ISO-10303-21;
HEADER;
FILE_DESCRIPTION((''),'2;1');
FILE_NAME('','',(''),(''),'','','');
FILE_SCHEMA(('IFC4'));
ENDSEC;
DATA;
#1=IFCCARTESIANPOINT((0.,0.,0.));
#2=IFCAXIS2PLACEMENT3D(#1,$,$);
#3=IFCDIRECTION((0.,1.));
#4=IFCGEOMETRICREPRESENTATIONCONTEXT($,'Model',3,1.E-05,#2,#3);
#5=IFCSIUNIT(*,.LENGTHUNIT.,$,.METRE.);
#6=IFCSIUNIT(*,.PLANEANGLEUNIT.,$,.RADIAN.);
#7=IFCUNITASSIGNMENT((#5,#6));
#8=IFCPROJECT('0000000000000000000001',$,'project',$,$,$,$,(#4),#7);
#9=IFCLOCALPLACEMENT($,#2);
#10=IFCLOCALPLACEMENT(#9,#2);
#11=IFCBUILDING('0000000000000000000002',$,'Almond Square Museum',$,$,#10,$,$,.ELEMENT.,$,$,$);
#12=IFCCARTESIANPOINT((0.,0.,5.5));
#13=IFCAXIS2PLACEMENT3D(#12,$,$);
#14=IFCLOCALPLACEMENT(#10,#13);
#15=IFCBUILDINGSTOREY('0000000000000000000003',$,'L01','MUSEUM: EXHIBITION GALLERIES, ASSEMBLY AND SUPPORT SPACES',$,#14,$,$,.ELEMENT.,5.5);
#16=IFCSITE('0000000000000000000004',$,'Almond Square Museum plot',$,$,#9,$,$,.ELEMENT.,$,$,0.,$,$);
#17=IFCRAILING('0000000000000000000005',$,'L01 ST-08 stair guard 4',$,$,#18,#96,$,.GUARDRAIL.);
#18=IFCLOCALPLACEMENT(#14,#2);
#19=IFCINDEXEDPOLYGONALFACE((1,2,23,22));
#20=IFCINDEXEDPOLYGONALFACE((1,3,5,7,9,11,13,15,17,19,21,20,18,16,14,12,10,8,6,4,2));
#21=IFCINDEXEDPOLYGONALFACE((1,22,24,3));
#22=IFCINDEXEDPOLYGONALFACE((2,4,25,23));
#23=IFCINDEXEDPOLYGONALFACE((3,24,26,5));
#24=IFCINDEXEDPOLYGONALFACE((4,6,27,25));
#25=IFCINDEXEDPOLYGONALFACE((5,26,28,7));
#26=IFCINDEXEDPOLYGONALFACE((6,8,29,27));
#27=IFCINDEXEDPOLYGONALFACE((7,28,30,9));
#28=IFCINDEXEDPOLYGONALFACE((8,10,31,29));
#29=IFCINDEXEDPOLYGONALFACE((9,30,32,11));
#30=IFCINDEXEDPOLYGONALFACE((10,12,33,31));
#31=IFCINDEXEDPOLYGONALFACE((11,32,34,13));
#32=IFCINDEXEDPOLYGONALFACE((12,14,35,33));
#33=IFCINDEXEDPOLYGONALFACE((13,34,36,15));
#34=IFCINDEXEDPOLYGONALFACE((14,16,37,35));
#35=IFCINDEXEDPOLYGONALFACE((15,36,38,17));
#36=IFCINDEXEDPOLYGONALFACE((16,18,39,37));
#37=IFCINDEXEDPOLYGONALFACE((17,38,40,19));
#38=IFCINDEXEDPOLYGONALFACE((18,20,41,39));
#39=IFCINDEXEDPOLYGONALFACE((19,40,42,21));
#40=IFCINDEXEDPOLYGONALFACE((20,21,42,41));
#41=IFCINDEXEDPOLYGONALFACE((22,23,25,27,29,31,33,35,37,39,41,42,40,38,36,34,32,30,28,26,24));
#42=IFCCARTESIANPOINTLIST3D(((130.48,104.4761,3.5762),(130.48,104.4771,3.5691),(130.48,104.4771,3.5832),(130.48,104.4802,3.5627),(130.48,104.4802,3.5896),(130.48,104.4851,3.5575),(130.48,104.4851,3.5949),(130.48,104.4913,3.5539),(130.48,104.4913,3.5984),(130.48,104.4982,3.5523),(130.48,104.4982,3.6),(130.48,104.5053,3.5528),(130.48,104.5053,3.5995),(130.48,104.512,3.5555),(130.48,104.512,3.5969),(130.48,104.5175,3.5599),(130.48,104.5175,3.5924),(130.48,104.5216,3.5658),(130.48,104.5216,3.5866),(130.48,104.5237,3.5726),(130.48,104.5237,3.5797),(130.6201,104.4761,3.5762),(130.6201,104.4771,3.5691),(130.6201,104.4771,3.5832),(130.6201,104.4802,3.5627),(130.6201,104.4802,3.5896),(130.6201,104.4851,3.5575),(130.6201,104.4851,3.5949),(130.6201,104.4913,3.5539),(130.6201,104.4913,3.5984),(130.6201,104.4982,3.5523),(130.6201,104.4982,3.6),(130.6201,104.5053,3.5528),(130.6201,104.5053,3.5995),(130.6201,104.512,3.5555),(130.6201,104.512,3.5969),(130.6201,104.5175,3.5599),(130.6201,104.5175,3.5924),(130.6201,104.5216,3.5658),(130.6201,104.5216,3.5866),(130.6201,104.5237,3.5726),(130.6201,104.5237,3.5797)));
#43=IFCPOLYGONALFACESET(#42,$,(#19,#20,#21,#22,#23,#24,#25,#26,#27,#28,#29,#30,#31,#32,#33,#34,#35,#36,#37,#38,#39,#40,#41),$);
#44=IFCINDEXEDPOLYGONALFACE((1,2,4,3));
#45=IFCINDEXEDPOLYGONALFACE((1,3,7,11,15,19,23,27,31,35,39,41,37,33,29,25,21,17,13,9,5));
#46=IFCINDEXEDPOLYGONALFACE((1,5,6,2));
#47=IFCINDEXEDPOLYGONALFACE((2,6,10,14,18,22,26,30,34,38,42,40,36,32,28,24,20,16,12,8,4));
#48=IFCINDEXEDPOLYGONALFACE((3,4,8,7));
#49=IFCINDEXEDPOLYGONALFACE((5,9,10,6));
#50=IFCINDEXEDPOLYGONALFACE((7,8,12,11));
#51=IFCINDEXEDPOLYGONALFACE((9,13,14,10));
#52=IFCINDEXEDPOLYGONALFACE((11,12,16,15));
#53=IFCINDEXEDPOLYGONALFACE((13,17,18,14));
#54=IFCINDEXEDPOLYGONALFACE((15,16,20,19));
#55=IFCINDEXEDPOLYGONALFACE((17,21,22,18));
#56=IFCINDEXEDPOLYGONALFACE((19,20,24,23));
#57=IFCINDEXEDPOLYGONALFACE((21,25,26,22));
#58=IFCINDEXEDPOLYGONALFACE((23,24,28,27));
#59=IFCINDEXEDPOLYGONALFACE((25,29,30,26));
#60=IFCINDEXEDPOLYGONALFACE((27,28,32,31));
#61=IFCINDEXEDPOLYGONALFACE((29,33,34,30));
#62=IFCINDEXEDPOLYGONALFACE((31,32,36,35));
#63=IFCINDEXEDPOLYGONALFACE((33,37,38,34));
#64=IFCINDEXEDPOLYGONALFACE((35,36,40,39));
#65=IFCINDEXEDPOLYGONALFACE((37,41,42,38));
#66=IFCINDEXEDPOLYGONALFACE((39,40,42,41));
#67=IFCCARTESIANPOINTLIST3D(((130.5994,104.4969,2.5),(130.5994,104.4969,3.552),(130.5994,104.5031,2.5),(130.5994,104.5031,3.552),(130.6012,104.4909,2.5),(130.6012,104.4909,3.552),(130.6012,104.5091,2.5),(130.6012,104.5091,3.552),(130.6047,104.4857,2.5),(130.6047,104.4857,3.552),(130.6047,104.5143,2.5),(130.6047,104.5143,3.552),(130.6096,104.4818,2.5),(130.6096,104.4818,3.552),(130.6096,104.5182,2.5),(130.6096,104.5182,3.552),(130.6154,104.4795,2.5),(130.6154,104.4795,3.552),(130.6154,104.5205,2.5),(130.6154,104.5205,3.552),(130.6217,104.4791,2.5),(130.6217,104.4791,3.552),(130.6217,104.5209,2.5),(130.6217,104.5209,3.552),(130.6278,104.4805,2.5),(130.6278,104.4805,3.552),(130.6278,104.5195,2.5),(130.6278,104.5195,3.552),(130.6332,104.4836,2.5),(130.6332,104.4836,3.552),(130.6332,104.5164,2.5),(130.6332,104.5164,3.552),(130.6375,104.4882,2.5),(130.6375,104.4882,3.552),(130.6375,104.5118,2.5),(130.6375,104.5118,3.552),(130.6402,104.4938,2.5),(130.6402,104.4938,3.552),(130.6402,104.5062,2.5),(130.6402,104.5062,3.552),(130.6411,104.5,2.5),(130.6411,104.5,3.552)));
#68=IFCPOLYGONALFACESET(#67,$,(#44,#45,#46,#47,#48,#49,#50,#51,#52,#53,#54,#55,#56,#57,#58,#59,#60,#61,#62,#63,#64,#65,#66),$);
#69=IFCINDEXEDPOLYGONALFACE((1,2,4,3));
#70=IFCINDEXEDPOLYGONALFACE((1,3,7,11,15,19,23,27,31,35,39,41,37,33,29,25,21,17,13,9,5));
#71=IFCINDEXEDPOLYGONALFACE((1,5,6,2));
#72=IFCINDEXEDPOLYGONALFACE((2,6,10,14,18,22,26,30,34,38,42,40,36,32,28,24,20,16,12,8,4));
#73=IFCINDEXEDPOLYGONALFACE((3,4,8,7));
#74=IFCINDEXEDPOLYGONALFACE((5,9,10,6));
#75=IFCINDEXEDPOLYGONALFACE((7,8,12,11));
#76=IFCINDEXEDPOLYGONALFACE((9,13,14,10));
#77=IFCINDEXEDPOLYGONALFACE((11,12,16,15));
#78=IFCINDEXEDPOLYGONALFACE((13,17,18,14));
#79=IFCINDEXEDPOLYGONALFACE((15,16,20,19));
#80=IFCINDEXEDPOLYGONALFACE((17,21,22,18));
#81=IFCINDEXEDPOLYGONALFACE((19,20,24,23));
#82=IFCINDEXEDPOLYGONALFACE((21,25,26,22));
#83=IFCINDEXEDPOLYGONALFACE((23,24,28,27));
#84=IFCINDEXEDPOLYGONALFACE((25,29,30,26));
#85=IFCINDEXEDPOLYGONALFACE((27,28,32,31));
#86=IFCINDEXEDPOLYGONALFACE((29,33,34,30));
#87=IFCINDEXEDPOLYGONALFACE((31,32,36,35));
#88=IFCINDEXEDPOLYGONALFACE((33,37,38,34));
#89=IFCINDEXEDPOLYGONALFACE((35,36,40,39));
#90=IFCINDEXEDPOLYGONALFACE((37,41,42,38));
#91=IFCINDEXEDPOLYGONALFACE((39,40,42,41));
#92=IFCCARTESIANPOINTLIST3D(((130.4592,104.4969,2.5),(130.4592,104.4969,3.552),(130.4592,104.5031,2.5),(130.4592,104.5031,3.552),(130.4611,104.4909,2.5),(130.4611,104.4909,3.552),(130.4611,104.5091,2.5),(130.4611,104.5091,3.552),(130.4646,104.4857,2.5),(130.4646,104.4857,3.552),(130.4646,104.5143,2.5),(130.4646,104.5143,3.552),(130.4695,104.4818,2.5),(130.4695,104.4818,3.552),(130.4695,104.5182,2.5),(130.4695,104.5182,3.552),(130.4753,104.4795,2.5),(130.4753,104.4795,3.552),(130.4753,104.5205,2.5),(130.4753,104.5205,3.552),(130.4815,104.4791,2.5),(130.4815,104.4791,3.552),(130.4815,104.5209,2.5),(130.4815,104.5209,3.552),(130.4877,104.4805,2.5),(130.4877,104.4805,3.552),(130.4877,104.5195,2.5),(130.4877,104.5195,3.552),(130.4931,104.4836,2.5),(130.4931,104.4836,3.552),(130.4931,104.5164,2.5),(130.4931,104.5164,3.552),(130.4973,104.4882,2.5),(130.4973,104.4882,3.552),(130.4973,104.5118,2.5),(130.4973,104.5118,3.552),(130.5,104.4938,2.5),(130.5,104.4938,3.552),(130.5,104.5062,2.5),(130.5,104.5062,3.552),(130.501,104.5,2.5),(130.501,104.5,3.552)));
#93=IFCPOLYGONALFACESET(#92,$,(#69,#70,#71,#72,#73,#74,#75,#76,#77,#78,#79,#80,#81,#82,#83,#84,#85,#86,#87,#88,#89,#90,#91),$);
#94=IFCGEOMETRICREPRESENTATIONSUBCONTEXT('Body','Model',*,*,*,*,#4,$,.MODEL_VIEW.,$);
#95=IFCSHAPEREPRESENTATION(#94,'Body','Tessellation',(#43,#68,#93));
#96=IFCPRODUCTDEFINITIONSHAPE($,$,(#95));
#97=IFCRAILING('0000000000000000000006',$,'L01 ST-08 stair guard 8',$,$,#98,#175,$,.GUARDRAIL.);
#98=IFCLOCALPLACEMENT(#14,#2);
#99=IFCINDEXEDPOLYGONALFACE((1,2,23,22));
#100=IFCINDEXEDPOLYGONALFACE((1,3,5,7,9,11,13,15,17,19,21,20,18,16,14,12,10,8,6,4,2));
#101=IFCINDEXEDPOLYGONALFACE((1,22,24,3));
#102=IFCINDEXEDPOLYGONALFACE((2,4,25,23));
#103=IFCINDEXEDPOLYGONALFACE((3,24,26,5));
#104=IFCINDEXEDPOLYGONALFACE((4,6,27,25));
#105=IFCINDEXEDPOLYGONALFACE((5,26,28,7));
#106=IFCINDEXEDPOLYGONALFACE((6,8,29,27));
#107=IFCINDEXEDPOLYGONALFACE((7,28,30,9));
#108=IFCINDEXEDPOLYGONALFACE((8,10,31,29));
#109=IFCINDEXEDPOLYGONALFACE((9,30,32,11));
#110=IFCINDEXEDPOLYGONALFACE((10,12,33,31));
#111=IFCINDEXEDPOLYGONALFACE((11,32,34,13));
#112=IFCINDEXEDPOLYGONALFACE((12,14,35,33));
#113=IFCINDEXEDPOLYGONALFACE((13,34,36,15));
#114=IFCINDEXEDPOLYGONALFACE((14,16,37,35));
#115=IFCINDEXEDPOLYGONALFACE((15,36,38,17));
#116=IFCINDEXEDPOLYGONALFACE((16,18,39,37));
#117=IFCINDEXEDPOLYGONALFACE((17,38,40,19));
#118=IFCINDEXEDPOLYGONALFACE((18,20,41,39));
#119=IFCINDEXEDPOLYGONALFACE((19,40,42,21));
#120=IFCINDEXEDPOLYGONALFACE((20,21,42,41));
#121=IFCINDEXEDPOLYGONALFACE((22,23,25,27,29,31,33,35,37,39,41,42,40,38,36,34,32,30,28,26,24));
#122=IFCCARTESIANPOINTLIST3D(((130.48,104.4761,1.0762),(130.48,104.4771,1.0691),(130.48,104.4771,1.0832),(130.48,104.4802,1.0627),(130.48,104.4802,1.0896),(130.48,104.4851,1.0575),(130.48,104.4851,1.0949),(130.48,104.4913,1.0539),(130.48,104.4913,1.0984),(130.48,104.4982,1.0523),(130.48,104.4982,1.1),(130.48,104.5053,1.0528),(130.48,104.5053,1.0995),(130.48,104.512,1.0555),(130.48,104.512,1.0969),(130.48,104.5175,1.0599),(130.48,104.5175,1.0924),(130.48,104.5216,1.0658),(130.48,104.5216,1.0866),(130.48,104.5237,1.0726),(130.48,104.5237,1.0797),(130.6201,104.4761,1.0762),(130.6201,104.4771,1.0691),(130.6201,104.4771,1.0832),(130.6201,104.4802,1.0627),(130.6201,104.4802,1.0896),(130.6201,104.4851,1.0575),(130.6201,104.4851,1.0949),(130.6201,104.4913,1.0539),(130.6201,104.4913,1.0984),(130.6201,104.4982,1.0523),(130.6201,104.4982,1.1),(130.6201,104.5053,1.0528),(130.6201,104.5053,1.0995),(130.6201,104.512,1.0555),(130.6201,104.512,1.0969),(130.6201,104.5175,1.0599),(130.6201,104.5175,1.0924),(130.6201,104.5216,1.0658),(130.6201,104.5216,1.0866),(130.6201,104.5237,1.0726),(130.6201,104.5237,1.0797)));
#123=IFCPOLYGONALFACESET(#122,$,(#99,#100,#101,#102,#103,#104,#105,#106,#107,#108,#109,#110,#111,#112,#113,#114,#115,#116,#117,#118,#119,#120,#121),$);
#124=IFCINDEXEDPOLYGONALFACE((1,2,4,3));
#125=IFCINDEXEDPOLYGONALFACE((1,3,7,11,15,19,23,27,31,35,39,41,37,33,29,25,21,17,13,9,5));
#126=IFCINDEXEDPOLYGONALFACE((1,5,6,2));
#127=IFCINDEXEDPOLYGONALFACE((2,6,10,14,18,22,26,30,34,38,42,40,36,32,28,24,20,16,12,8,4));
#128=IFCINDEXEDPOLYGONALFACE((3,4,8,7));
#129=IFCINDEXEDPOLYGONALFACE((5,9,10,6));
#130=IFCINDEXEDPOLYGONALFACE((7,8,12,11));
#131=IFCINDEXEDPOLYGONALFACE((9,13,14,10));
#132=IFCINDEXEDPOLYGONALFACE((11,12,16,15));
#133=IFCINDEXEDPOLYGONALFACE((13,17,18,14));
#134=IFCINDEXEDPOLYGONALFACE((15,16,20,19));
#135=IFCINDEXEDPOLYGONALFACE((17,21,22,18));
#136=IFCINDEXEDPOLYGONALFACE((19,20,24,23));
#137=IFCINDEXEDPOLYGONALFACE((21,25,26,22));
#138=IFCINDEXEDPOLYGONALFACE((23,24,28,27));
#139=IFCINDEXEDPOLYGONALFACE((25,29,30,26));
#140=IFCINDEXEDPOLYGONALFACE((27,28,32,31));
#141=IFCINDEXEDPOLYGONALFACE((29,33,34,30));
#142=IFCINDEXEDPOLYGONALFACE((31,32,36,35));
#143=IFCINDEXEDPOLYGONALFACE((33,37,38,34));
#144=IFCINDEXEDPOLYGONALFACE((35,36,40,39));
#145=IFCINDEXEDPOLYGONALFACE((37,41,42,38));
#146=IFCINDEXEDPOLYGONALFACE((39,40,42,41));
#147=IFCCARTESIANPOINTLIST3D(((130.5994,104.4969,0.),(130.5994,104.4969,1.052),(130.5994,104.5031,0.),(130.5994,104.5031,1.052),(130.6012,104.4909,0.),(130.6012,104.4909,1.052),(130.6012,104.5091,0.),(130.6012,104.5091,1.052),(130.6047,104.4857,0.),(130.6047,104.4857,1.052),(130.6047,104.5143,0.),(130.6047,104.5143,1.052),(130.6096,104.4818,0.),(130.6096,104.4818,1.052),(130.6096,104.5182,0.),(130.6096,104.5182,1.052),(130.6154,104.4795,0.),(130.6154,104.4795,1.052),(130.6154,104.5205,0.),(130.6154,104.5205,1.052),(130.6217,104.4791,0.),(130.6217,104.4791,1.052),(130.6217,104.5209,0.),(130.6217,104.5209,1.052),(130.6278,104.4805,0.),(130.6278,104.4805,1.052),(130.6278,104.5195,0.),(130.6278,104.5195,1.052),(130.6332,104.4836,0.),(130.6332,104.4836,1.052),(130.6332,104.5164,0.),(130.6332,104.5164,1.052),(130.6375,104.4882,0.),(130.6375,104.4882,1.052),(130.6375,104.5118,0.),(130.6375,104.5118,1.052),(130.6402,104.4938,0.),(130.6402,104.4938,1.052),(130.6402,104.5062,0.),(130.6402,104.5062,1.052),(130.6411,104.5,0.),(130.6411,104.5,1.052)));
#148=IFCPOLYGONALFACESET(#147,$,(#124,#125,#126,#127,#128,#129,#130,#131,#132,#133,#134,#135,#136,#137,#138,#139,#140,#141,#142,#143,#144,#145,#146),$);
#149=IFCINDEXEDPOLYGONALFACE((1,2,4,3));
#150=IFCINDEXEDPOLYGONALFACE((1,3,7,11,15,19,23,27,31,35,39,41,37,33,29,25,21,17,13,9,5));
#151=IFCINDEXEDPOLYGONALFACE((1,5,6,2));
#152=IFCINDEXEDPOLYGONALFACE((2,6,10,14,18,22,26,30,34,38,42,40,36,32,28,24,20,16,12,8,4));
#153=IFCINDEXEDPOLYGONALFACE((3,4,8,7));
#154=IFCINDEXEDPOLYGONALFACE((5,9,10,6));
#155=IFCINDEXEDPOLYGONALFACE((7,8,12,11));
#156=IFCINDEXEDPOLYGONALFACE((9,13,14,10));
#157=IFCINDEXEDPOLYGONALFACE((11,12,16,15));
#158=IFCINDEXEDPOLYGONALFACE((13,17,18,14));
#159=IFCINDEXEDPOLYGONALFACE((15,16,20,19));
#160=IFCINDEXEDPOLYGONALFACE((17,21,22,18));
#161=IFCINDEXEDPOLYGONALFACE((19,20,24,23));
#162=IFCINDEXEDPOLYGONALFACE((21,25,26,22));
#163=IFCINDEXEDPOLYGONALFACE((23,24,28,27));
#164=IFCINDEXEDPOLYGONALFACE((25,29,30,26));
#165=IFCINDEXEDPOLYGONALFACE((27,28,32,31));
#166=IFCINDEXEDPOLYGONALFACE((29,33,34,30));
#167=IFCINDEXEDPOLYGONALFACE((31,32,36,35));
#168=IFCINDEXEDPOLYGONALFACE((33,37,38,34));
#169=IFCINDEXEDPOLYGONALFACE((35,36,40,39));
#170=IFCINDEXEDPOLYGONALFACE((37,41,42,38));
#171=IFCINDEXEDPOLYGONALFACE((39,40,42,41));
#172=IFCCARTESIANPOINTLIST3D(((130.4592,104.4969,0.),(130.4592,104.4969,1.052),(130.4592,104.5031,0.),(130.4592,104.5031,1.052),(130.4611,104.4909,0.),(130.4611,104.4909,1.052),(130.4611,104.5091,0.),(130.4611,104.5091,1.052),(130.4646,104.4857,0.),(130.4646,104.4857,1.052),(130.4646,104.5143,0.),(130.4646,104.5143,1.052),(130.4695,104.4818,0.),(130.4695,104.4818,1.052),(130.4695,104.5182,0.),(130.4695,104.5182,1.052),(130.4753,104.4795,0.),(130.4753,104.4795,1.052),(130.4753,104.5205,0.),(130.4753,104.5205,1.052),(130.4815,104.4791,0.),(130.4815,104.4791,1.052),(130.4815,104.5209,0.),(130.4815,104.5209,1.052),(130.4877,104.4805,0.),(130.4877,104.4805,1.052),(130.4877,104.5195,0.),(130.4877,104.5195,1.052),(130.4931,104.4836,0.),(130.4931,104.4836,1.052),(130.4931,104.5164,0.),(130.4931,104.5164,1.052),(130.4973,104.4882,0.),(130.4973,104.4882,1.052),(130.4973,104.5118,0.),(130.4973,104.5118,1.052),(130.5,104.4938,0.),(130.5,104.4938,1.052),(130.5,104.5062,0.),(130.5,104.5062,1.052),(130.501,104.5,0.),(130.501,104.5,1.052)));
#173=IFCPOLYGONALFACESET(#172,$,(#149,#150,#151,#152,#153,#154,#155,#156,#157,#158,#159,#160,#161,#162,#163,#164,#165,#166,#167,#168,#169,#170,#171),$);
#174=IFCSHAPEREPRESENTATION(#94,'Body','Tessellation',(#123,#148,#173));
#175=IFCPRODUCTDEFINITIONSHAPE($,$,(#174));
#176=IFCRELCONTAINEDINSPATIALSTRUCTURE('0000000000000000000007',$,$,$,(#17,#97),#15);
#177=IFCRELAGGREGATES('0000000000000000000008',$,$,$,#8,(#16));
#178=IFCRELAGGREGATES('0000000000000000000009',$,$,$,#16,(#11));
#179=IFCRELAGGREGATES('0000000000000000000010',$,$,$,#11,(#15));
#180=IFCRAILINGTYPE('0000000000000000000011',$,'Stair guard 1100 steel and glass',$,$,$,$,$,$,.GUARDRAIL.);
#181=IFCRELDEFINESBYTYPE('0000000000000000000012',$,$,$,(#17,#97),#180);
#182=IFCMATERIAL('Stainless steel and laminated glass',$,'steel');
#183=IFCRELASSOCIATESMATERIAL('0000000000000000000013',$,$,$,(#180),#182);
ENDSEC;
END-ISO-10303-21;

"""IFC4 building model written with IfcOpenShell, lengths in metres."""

from ifc_helpers import new_model, si_unit, direction, frame, origin, origin_2d, place, context, subcontext, project, spatial, circle, extrude, material, type_object, element, save


model = new_model("IFC4")

# Units and contexts
model_context = context("Model", 3, precision=1e-05, world=origin(), true_north=direction((0.0, 1.0)))
body_context = subcontext(model_context, "Body", "Model", "MODEL_VIEW")
ifc_project = project(units=[si_unit("LENGTHUNIT", "METRE"), si_unit("PLANEANGLEUNIT", "RADIAN")], contexts=[model_context])

# Site, building, storey
site_placement = place(None, origin())
site = spatial("IfcSite", under=ifc_project, at=site_placement, Name="Almond Square Museum plot", CompositionType="ELEMENT", RefElevation=0.0)
building_placement = place(site_placement, origin())
building = spatial("IfcBuilding", under=site, at=building_placement, Name="Almond Square Museum", CompositionType="ELEMENT")
storey_placement = place(building_placement, frame((0.0, 0.0, 5.5)))
storey = spatial("IfcBuildingStorey", under=building, at=storey_placement, Name="L01", Description="MUSEUM: EXHIBITION GALLERIES, ASSEMBLY AND SUPPORT SPACES", CompositionType="ELEMENT", Elevation=5.5)

# Railings
ifc_material_1 = material(Name="Stainless steel and laminated glass", Category="steel")
railing_type = type_object("IfcRailingType", Name="Stair guard 1100 steel and glass", PredefinedType="GUARDRAIL", material=ifc_material_1)
for number, where, name in (
    (1, (130.6201, 104.5, 2.5), "L01 ST-08 stair guard 4"),
    (2, (130.6201, 104.5, 0.0), "L01 ST-08 stair guard 8"),
):
    element("IfcRailing", number, at=place(storey_placement, frame(where)), inside=storey, type_object=railing_type, Name=name, PredefinedType="GUARDRAIL", context=body_context, shape_type="SweptSolid", body=[
        extrude(circle(Radius=0.0239, at=origin_2d()), frame((0.0, 0.0, 1.0762), z_axis=(-1.0, 0.0, 0.0), x_axis=(0.0, -1.0, 0.0)), (0.0, 0.0, 1.0), 0.1401),
        extrude(circle(Radius=0.021, at=origin_2d()), origin(), (0.0, 0.0, 1.0), 1.052),
        extrude(circle(Radius=0.021, at=origin_2d()), frame((-0.1401, 0.0, 0.0)), (0.0, 0.0, 1.0), 1.052),
    ])

save(model, "model.ifc")
